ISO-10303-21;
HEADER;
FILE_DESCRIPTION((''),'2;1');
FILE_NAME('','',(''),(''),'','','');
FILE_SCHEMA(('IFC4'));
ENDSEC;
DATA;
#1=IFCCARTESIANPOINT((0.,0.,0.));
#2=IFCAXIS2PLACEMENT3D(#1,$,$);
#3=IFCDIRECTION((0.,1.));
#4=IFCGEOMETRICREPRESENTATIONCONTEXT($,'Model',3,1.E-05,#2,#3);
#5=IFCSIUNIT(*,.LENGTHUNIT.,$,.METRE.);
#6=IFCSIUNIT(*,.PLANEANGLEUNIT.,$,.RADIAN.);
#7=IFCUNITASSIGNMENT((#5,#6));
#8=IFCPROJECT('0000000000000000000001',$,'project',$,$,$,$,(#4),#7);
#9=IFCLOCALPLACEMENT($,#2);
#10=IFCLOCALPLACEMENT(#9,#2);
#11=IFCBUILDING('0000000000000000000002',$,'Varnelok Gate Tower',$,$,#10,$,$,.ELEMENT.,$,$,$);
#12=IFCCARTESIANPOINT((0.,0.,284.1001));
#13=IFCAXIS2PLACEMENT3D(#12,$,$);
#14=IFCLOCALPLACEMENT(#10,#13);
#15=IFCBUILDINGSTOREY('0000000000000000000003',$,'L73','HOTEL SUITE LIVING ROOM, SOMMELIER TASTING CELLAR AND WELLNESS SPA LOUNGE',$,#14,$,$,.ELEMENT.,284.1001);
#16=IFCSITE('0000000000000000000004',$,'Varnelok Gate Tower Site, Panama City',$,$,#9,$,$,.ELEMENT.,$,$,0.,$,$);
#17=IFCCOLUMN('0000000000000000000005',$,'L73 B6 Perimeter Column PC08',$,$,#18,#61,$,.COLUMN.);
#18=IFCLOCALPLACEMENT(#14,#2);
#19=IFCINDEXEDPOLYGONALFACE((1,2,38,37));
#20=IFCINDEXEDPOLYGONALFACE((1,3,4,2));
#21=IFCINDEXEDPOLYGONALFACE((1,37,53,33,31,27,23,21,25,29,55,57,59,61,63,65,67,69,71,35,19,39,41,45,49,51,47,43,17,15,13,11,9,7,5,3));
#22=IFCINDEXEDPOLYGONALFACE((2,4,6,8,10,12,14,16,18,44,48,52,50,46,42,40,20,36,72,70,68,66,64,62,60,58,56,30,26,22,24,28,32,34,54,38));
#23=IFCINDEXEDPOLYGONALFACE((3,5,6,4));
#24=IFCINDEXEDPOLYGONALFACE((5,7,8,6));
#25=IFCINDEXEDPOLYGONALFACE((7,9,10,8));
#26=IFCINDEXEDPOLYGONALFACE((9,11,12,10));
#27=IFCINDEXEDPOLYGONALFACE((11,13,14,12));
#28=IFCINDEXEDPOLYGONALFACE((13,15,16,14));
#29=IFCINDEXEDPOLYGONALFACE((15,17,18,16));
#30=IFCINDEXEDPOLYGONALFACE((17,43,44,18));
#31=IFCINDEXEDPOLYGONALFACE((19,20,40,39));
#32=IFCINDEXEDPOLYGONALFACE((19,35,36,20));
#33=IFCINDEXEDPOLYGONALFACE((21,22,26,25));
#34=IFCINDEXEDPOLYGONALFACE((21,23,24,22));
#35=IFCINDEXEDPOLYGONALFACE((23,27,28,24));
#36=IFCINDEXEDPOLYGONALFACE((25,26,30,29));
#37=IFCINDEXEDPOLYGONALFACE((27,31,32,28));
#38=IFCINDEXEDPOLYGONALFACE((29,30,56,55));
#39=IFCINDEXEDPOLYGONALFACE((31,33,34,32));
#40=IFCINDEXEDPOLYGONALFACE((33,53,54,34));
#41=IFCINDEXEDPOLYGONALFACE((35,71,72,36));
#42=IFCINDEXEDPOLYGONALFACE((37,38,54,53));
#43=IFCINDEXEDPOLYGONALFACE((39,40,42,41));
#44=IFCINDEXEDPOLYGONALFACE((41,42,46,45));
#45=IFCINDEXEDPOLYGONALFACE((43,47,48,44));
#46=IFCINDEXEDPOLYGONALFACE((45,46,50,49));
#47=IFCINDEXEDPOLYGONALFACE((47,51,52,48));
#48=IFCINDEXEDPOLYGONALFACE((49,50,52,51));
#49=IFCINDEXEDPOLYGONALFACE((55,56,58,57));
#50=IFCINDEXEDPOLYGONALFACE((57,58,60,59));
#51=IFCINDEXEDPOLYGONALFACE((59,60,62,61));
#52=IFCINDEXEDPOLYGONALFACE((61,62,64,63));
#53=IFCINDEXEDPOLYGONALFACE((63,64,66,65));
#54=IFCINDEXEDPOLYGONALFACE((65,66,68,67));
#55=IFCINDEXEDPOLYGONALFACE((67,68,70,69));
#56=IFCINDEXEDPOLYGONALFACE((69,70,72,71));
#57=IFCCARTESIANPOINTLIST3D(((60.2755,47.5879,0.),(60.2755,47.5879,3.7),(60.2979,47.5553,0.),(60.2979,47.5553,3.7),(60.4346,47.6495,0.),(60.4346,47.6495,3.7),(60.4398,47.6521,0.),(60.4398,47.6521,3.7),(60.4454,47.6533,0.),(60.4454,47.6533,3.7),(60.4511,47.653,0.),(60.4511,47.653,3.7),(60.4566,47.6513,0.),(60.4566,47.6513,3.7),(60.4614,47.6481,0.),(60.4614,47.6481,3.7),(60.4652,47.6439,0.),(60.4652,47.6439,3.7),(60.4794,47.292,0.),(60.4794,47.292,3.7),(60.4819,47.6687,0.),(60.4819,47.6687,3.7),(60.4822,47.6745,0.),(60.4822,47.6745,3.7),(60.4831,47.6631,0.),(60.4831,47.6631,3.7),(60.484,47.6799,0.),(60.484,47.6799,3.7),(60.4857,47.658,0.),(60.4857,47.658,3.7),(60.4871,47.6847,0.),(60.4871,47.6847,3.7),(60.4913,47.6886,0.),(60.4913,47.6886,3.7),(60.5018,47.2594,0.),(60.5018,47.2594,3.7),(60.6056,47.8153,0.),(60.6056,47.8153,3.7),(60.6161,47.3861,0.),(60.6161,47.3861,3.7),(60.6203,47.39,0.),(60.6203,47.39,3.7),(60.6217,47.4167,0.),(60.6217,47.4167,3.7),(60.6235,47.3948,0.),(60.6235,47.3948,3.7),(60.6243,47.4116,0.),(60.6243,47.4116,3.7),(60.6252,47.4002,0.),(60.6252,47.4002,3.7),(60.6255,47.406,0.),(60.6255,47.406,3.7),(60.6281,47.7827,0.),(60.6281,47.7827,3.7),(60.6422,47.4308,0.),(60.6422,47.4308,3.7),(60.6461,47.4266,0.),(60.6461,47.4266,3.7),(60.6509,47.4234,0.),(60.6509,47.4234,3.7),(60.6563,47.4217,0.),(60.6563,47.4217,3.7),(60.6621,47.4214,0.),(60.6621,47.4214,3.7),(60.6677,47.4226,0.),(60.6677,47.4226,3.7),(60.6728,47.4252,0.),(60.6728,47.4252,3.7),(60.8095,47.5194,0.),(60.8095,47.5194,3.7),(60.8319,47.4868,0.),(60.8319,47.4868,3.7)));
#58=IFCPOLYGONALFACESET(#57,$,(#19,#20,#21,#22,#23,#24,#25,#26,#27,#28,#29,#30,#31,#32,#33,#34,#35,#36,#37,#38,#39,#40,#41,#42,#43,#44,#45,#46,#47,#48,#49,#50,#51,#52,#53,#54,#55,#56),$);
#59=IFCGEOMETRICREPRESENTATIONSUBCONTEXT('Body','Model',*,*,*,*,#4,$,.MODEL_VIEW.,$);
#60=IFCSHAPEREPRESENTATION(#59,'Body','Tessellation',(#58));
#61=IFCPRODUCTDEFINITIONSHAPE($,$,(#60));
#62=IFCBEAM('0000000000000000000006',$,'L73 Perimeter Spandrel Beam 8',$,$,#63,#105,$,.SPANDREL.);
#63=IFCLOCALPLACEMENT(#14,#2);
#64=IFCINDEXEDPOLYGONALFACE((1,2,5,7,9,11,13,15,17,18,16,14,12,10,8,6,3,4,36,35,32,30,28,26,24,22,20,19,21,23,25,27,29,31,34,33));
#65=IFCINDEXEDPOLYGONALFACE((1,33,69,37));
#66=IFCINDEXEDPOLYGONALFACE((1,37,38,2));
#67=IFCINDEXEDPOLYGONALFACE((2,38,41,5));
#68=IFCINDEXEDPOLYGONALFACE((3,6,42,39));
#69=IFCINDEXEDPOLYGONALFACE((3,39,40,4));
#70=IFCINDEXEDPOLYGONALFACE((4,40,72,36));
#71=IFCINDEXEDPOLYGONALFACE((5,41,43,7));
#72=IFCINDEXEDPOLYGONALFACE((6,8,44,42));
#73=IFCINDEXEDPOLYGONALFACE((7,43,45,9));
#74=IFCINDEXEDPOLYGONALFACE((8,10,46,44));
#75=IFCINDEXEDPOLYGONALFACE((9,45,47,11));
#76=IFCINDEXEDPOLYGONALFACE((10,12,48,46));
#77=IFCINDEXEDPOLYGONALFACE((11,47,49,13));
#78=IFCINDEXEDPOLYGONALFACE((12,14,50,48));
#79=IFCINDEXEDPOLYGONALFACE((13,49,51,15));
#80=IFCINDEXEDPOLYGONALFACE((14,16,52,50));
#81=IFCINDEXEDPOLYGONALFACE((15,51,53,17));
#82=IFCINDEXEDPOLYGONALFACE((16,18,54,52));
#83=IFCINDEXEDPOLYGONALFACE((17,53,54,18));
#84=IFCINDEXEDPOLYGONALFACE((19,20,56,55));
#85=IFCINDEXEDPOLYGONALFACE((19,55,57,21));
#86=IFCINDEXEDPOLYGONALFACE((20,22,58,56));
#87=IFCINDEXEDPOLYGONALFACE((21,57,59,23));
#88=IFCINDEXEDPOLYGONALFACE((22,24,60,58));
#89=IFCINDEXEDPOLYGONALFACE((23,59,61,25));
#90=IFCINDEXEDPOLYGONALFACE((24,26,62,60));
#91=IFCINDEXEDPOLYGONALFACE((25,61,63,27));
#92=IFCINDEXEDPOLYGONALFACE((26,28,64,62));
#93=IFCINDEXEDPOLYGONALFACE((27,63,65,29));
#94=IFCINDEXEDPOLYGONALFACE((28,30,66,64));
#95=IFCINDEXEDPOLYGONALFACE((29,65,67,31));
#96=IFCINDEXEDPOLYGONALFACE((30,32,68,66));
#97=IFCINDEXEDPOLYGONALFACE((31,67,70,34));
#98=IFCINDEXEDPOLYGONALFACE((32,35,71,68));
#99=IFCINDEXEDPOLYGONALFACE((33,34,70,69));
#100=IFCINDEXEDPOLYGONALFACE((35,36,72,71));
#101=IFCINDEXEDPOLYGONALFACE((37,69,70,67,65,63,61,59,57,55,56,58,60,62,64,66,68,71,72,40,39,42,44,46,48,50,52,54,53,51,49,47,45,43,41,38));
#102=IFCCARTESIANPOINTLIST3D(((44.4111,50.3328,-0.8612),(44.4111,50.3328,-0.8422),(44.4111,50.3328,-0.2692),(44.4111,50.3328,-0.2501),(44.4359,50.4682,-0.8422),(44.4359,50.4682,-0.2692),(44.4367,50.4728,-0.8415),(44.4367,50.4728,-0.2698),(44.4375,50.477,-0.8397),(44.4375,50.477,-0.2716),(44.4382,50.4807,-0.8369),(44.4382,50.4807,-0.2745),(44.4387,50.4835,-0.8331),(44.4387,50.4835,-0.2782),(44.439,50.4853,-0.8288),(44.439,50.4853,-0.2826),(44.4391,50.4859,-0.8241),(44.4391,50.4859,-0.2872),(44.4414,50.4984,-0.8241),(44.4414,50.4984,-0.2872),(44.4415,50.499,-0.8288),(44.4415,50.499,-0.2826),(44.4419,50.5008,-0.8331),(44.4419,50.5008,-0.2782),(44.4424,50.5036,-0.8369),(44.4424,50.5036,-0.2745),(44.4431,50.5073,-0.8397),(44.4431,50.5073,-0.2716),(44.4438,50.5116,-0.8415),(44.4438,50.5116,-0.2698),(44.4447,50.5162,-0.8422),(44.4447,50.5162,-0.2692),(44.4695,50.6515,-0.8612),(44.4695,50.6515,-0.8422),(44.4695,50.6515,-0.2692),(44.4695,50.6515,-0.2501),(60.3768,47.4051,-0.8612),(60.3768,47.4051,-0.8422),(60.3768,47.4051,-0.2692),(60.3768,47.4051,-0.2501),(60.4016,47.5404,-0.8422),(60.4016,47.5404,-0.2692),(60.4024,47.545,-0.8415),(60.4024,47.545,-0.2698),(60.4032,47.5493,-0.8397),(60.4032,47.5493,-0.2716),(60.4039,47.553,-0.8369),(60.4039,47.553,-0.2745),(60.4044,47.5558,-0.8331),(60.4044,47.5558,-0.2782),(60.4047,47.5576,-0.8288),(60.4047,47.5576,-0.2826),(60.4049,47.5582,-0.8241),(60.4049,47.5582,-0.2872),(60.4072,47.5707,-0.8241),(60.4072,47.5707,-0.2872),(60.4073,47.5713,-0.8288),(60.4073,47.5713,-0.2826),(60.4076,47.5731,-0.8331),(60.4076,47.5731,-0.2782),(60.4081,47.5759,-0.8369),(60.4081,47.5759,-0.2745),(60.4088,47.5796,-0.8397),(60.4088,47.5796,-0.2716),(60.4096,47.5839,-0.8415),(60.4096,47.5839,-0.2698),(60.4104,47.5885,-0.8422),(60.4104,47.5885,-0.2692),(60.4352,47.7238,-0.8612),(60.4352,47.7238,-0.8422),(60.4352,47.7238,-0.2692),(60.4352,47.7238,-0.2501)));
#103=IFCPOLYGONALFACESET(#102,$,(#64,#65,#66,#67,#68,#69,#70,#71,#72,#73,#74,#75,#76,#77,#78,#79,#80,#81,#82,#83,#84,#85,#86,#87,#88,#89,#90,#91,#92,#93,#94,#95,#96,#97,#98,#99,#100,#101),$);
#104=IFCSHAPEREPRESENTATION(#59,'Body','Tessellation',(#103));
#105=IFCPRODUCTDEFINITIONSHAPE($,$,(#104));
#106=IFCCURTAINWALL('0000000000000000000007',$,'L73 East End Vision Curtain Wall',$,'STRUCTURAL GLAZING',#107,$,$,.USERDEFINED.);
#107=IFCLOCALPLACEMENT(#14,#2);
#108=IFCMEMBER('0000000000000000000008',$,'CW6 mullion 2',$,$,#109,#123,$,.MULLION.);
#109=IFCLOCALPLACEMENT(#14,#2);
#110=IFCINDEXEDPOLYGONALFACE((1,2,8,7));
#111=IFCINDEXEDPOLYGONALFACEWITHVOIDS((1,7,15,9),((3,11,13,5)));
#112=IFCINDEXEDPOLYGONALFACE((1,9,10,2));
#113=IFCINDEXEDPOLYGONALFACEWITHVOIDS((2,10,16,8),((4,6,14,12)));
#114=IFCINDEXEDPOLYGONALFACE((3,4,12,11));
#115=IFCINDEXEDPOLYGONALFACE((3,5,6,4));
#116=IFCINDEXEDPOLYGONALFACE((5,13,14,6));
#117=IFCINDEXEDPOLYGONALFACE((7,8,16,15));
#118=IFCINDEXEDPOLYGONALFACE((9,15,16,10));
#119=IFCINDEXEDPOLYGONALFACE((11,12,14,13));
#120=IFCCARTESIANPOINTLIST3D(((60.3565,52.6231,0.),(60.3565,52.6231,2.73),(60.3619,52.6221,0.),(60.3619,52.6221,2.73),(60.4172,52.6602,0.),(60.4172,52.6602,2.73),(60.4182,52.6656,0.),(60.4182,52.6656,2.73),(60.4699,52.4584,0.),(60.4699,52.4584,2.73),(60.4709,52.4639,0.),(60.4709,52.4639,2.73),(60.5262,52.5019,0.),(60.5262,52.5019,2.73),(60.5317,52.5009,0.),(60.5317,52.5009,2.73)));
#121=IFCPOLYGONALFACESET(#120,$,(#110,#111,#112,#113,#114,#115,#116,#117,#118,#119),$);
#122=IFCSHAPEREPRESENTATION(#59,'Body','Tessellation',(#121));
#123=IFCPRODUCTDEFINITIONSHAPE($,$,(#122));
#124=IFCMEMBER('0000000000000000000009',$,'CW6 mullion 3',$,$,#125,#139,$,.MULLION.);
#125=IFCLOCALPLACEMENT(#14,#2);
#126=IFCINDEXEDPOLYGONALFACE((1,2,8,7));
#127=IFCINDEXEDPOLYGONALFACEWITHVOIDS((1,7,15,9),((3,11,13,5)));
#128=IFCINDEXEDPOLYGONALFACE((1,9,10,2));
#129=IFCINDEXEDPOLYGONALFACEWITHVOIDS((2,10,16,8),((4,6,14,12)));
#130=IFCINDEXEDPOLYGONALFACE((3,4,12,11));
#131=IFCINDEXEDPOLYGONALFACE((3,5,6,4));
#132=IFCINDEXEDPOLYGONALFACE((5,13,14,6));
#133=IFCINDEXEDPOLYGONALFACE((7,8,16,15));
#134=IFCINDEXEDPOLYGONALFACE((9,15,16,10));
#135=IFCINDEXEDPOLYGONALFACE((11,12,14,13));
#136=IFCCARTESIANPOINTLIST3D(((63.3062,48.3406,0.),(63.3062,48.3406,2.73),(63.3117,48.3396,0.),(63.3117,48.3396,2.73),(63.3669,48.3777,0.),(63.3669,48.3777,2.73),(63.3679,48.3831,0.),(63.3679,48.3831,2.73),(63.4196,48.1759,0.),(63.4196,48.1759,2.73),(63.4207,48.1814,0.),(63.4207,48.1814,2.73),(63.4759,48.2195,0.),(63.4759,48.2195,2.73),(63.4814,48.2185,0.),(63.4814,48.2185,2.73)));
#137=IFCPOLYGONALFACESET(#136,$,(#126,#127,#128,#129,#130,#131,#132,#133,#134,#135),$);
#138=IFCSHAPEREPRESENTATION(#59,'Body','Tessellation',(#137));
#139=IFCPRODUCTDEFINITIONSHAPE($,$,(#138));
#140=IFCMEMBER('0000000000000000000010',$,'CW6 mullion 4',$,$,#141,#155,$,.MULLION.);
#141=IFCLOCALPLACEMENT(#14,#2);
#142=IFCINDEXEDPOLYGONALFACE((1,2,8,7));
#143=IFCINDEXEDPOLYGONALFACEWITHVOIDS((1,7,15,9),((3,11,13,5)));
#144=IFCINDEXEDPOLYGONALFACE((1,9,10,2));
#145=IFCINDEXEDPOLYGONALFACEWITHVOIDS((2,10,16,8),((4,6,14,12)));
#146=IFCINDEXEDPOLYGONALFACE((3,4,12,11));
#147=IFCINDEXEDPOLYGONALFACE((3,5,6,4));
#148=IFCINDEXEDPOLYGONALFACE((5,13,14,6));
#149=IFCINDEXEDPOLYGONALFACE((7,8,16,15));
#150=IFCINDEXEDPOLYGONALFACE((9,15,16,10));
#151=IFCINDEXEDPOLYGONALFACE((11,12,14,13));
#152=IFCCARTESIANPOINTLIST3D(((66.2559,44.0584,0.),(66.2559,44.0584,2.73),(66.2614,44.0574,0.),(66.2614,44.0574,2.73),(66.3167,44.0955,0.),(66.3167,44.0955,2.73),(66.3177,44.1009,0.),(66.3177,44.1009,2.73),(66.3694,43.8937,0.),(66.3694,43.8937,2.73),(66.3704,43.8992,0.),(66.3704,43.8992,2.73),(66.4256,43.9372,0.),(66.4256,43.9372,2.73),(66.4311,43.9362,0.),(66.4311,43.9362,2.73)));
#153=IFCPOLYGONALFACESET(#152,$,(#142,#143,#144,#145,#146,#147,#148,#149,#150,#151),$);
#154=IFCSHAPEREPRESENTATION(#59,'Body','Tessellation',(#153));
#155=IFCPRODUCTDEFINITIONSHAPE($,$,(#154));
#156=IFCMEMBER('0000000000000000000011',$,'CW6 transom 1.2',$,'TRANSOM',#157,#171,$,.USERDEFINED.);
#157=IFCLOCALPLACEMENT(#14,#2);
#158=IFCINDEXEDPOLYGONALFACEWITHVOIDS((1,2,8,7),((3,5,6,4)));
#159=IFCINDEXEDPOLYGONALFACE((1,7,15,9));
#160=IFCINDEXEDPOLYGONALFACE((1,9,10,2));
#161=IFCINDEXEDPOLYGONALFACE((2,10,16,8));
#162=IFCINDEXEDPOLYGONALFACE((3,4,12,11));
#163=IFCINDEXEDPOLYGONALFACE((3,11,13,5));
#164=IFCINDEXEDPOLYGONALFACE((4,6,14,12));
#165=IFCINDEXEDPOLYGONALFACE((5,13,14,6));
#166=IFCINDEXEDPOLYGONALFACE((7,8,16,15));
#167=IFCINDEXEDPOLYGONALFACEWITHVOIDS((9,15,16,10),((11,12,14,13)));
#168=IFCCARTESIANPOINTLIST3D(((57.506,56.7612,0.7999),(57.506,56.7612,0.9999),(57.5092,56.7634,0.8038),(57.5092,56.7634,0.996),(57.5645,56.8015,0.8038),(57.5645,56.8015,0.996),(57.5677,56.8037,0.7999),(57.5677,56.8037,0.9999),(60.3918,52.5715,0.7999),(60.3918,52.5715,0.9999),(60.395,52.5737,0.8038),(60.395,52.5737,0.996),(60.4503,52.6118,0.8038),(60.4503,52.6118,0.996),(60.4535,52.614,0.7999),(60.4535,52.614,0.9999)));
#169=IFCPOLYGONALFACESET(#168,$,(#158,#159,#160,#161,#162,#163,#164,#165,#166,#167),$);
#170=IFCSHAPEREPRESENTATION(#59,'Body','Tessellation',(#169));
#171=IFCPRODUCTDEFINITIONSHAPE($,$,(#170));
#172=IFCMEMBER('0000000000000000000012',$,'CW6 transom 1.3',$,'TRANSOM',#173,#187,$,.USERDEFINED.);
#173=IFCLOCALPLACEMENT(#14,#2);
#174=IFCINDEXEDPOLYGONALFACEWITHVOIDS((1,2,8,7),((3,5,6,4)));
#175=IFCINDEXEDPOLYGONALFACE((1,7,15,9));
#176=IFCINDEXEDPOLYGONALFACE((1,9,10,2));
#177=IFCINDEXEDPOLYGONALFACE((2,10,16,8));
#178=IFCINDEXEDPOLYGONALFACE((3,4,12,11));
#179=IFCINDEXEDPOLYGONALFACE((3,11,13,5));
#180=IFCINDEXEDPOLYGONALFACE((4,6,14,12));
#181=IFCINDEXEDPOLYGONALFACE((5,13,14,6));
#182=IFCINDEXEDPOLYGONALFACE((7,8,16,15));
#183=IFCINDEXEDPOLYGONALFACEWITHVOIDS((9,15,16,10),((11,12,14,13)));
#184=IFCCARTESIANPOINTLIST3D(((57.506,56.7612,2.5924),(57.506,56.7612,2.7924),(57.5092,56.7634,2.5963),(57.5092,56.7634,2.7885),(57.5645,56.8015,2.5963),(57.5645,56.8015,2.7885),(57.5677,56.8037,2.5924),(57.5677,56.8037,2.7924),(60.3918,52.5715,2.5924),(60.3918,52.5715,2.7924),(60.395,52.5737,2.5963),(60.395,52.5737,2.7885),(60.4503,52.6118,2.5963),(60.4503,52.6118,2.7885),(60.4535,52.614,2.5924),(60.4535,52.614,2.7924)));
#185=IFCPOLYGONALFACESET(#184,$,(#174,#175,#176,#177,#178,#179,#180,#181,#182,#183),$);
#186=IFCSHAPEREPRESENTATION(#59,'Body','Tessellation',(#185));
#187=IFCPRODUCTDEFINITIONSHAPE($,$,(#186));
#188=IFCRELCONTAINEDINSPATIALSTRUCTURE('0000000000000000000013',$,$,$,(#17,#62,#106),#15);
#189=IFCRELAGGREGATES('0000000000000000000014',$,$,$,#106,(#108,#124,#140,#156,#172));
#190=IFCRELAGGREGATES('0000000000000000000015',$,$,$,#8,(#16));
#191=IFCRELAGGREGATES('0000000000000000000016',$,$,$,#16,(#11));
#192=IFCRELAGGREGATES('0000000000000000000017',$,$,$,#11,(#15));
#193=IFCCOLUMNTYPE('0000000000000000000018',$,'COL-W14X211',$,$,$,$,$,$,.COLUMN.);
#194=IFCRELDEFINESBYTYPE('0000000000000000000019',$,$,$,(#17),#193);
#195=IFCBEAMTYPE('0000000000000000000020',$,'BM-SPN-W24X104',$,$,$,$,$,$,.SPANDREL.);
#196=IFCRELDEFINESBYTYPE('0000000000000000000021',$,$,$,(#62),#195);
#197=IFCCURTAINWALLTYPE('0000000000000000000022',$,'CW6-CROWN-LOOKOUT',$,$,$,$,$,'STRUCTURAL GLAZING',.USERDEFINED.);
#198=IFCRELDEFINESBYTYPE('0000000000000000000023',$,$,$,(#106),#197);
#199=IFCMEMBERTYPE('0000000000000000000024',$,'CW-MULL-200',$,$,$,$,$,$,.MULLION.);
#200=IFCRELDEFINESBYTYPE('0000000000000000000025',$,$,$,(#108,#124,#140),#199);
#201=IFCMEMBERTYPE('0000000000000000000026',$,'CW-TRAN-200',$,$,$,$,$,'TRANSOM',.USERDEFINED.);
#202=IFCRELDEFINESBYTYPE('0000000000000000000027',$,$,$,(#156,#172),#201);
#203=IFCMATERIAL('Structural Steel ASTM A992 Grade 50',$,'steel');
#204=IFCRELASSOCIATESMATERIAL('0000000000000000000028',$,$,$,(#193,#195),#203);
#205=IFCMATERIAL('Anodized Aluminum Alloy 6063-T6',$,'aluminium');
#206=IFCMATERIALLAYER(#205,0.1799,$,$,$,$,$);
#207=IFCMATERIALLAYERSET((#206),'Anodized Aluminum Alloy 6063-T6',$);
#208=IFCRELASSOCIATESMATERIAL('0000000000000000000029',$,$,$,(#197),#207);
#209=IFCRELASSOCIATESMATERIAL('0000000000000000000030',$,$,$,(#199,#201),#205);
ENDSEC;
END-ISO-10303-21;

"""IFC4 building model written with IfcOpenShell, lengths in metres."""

from ifc_helpers import new_model, si_unit, direction, frame, origin, origin_2d, place, context, subcontext, project, spatial, hollow_rectangle, i_section, extrude, material, layer, layer_set, material_profile, profile_set, type_object, element, aggregate, save


model = new_model("IFC4")

# Units and contexts
model_context = context("Model", 3, precision=1e-05, world=origin(), true_north=direction((0.0, 1.0)))
body_context = subcontext(model_context, "Body", "Model", "MODEL_VIEW")
ifc_project = project(units=[si_unit("LENGTHUNIT", "METRE"), si_unit("PLANEANGLEUNIT", "RADIAN")], contexts=[model_context])

# Site, building, storey
site_placement = place(None, origin())
site = spatial("IfcSite", under=ifc_project, at=site_placement, Name="Varnelok Gate Tower Site, Panama City", CompositionType="ELEMENT", RefElevation=0.0)
building_placement = place(site_placement, origin())
building = spatial("IfcBuilding", under=site, at=building_placement, Name="Varnelok Gate Tower", CompositionType="ELEMENT")
storey_placement = place(building_placement, frame((0.0, 0.0, 284.1001)))
storey = spatial("IfcBuildingStorey", under=building, at=storey_placement, Name="L73", Description="HOTEL SUITE LIVING ROOM, SOMMELIER TASTING CELLAR AND WELLNESS SPA LOUNGE", CompositionType="ELEMENT", Elevation=284.1001)

# Column
ifc_material_1 = material(Name="Structural Steel ASTM A992 Grade 50", Category="steel")
ifc_material_profile_1 = material_profile(ifc_material_1, i_section(OverallWidth=0.4009, OverallDepth=0.3989, WebThickness=0.0249, FlangeThickness=0.0396, FilletRadius=0.022, at=origin_2d()), Name="W14X211")
ifc_profile_set_1 = profile_set([ifc_material_profile_1], Name="Structural Steel ASTM A992 Grade 50")
column_type = type_object("IfcColumnType", Name="COL-W14X211", PredefinedType="COLUMN", material=ifc_profile_set_1)
column_placement = place(storey_placement, frame((60.5537, 47.5374, 0.0), z_axis=(0.0, 0.0, 1.0), x_axis=(0.823533, 0.567269, 0.0)))
element("IfcColumn", 1, at=column_placement, inside=storey, type_object=column_type, Name="L73 B6 Perimeter Column PC08", PredefinedType="COLUMN", context=body_context, shape_type="SweptSolid", body=[
    extrude(i_section(OverallWidth=0.4009, OverallDepth=0.3989, WebThickness=0.0249, FlangeThickness=0.0396, FilletRadius=0.022, at=origin_2d()), origin(), (0.0, 0.0, 1.0), 3.7),
])

# Beam
ifc_material_profile_2 = material_profile(ifc_material_1, i_section(OverallWidth=0.324, OverallDepth=0.6111, WebThickness=0.0127, FlangeThickness=0.019, FilletRadius=0.0181, at=origin_2d()), Name="W24X104")
ifc_profile_set_2 = profile_set([ifc_material_profile_2], Name="Structural Steel ASTM A992 Grade 50")
beam_type = type_object("IfcBeamType", Name="BM-SPN-W24X104", PredefinedType="SPANDREL", material=ifc_profile_set_2)
beam_placement = place(storey_placement, frame((60.406, 47.5645, -0.5557), z_axis=(-0.983599, 0.180368, 0.0), x_axis=(-0.180368, -0.983599, 0.0)))
element("IfcBeam", 2, at=beam_placement, inside=storey, type_object=beam_type, Name="L73 Perimeter Spandrel Beam 8", PredefinedType="SPANDREL", context=body_context, shape_type="SweptSolid", body=[
    extrude(i_section(OverallWidth=0.324, OverallDepth=0.6111, WebThickness=0.0127, FlangeThickness=0.019, FilletRadius=0.0181, at=origin_2d()), origin(), (0.0, 0.0, 1.0), 16.2319),
])

# Curtain wall, members
ifc_material_2 = material(Name="Anodized Aluminum Alloy 6063-T6", Category="aluminium")
ifc_layer_1 = layer(ifc_material_2, 0.1799)
ifc_layer_set_1 = layer_set([ifc_layer_1], Name="Anodized Aluminum Alloy 6063-T6")
curtain_wall_type = type_object("IfcCurtainWallType", Name="CW6-CROWN-LOOKOUT", ElementType="STRUCTURAL GLAZING", PredefinedType="USERDEFINED", material=ifc_layer_set_1)
curtain_wall_placement = place(storey_placement, origin())
curtain_wall = element("IfcCurtainWall", 3, at=curtain_wall_placement, inside=storey, type_object=curtain_wall_type, Name="L73 East End Vision Curtain Wall", ObjectType="STRUCTURAL GLAZING", PredefinedType="USERDEFINED")
ifc_material_profile_3 = material_profile(ifc_material_2, hollow_rectangle(XDim=0.075, YDim=0.2, WallThickness=0.0039, at=origin_2d()), Name="ALU200X75X4")
ifc_profile_set_3 = profile_set([ifc_material_profile_3], Name="Anodized Aluminum Alloy 6063-T6")
member_type_1 = type_object("IfcMemberType", Name="CW-MULL-200", PredefinedType="MULLION", material=ifc_profile_set_3)
member_1_placement = place(storey_placement, frame((60.4441, 52.562, 0.0), z_axis=(0.0, 0.0, 1.0), x_axis=(0.823532, 0.567269, 0.0)))
member_1 = element("IfcMember", 4, at=member_1_placement, type_object=member_type_1, Name="CW6 mullion 2", PredefinedType="MULLION", context=body_context, shape_type="SweptSolid", body=[
    extrude(hollow_rectangle(XDim=0.075, YDim=0.2, WallThickness=0.0039, at=origin_2d()), origin(), (0.0, 0.0, 1.0), 2.73),
])
member_2_placement = place(storey_placement, frame((63.3938, 48.2795, 0.0), z_axis=(0.0, 0.0, 1.0), x_axis=(0.823532, 0.567269, 0.0)))
member_2 = element("IfcMember", 5, at=member_2_placement, type_object=member_type_1, Name="CW6 mullion 3", PredefinedType="MULLION", context=body_context, shape_type="SweptSolid", body=[
    extrude(hollow_rectangle(XDim=0.075, YDim=0.2, WallThickness=0.0039, at=origin_2d()), origin(), (0.0, 0.0, 1.0), 2.73),
])
member_3_placement = place(storey_placement, frame((66.3435, 43.9973, 0.0), z_axis=(0.0, 0.0, 1.0), x_axis=(0.823532, 0.567269, 0.0)))
member_3 = element("IfcMember", 6, at=member_3_placement, type_object=member_type_1, Name="CW6 mullion 4", PredefinedType="MULLION", context=body_context, shape_type="SweptSolid", body=[
    extrude(hollow_rectangle(XDim=0.075, YDim=0.2, WallThickness=0.0039, at=origin_2d()), origin(), (0.0, 0.0, 1.0), 2.73),
])
ifc_material_profile_4 = material_profile(ifc_material_2, hollow_rectangle(XDim=0.075, YDim=0.2, WallThickness=0.0039, at=origin_2d()), Name="ALU200X75X4")
ifc_profile_set_4 = profile_set([ifc_material_profile_4], Name="Anodized Aluminum Alloy 6063-T6")
member_type_2 = type_object("IfcMemberType", Name="CW-TRAN-200", ElementType="TRANSOM", PredefinedType="USERDEFINED", material=ifc_profile_set_4)
member_4_placement = place(storey_placement, frame((57.5369, 56.7825, 0.8999), z_axis=(0.567239, -0.823553, 0.0), x_axis=(0.823553, 0.567239, 0.0)))
member_4 = element("IfcMember", 7, at=member_4_placement, type_object=member_type_2, Name="CW6 transom 1.2", ObjectType="TRANSOM", PredefinedType="USERDEFINED", context=body_context, shape_type="SweptSolid", body=[
    extrude(hollow_rectangle(XDim=0.075, YDim=0.2, WallThickness=0.0039, at=origin_2d()), origin(), (0.0, 0.0, 1.0), 5.0874),
])
member_5_placement = place(storey_placement, frame((57.5369, 56.7825, 2.6924), z_axis=(0.567239, -0.823553, 0.0), x_axis=(0.823553, 0.567239, 0.0)))
member_5 = element("IfcMember", 8, at=member_5_placement, type_object=member_type_2, Name="CW6 transom 1.3", ObjectType="TRANSOM", PredefinedType="USERDEFINED", context=body_context, shape_type="SweptSolid", body=[
    extrude(hollow_rectangle(XDim=0.075, YDim=0.2, WallThickness=0.0039, at=origin_2d()), origin(), (0.0, 0.0, 1.0), 5.0874),
])
aggregate(curtain_wall, [member_1, member_2, member_3, member_4, member_5])

save(model, "model.ifc")
